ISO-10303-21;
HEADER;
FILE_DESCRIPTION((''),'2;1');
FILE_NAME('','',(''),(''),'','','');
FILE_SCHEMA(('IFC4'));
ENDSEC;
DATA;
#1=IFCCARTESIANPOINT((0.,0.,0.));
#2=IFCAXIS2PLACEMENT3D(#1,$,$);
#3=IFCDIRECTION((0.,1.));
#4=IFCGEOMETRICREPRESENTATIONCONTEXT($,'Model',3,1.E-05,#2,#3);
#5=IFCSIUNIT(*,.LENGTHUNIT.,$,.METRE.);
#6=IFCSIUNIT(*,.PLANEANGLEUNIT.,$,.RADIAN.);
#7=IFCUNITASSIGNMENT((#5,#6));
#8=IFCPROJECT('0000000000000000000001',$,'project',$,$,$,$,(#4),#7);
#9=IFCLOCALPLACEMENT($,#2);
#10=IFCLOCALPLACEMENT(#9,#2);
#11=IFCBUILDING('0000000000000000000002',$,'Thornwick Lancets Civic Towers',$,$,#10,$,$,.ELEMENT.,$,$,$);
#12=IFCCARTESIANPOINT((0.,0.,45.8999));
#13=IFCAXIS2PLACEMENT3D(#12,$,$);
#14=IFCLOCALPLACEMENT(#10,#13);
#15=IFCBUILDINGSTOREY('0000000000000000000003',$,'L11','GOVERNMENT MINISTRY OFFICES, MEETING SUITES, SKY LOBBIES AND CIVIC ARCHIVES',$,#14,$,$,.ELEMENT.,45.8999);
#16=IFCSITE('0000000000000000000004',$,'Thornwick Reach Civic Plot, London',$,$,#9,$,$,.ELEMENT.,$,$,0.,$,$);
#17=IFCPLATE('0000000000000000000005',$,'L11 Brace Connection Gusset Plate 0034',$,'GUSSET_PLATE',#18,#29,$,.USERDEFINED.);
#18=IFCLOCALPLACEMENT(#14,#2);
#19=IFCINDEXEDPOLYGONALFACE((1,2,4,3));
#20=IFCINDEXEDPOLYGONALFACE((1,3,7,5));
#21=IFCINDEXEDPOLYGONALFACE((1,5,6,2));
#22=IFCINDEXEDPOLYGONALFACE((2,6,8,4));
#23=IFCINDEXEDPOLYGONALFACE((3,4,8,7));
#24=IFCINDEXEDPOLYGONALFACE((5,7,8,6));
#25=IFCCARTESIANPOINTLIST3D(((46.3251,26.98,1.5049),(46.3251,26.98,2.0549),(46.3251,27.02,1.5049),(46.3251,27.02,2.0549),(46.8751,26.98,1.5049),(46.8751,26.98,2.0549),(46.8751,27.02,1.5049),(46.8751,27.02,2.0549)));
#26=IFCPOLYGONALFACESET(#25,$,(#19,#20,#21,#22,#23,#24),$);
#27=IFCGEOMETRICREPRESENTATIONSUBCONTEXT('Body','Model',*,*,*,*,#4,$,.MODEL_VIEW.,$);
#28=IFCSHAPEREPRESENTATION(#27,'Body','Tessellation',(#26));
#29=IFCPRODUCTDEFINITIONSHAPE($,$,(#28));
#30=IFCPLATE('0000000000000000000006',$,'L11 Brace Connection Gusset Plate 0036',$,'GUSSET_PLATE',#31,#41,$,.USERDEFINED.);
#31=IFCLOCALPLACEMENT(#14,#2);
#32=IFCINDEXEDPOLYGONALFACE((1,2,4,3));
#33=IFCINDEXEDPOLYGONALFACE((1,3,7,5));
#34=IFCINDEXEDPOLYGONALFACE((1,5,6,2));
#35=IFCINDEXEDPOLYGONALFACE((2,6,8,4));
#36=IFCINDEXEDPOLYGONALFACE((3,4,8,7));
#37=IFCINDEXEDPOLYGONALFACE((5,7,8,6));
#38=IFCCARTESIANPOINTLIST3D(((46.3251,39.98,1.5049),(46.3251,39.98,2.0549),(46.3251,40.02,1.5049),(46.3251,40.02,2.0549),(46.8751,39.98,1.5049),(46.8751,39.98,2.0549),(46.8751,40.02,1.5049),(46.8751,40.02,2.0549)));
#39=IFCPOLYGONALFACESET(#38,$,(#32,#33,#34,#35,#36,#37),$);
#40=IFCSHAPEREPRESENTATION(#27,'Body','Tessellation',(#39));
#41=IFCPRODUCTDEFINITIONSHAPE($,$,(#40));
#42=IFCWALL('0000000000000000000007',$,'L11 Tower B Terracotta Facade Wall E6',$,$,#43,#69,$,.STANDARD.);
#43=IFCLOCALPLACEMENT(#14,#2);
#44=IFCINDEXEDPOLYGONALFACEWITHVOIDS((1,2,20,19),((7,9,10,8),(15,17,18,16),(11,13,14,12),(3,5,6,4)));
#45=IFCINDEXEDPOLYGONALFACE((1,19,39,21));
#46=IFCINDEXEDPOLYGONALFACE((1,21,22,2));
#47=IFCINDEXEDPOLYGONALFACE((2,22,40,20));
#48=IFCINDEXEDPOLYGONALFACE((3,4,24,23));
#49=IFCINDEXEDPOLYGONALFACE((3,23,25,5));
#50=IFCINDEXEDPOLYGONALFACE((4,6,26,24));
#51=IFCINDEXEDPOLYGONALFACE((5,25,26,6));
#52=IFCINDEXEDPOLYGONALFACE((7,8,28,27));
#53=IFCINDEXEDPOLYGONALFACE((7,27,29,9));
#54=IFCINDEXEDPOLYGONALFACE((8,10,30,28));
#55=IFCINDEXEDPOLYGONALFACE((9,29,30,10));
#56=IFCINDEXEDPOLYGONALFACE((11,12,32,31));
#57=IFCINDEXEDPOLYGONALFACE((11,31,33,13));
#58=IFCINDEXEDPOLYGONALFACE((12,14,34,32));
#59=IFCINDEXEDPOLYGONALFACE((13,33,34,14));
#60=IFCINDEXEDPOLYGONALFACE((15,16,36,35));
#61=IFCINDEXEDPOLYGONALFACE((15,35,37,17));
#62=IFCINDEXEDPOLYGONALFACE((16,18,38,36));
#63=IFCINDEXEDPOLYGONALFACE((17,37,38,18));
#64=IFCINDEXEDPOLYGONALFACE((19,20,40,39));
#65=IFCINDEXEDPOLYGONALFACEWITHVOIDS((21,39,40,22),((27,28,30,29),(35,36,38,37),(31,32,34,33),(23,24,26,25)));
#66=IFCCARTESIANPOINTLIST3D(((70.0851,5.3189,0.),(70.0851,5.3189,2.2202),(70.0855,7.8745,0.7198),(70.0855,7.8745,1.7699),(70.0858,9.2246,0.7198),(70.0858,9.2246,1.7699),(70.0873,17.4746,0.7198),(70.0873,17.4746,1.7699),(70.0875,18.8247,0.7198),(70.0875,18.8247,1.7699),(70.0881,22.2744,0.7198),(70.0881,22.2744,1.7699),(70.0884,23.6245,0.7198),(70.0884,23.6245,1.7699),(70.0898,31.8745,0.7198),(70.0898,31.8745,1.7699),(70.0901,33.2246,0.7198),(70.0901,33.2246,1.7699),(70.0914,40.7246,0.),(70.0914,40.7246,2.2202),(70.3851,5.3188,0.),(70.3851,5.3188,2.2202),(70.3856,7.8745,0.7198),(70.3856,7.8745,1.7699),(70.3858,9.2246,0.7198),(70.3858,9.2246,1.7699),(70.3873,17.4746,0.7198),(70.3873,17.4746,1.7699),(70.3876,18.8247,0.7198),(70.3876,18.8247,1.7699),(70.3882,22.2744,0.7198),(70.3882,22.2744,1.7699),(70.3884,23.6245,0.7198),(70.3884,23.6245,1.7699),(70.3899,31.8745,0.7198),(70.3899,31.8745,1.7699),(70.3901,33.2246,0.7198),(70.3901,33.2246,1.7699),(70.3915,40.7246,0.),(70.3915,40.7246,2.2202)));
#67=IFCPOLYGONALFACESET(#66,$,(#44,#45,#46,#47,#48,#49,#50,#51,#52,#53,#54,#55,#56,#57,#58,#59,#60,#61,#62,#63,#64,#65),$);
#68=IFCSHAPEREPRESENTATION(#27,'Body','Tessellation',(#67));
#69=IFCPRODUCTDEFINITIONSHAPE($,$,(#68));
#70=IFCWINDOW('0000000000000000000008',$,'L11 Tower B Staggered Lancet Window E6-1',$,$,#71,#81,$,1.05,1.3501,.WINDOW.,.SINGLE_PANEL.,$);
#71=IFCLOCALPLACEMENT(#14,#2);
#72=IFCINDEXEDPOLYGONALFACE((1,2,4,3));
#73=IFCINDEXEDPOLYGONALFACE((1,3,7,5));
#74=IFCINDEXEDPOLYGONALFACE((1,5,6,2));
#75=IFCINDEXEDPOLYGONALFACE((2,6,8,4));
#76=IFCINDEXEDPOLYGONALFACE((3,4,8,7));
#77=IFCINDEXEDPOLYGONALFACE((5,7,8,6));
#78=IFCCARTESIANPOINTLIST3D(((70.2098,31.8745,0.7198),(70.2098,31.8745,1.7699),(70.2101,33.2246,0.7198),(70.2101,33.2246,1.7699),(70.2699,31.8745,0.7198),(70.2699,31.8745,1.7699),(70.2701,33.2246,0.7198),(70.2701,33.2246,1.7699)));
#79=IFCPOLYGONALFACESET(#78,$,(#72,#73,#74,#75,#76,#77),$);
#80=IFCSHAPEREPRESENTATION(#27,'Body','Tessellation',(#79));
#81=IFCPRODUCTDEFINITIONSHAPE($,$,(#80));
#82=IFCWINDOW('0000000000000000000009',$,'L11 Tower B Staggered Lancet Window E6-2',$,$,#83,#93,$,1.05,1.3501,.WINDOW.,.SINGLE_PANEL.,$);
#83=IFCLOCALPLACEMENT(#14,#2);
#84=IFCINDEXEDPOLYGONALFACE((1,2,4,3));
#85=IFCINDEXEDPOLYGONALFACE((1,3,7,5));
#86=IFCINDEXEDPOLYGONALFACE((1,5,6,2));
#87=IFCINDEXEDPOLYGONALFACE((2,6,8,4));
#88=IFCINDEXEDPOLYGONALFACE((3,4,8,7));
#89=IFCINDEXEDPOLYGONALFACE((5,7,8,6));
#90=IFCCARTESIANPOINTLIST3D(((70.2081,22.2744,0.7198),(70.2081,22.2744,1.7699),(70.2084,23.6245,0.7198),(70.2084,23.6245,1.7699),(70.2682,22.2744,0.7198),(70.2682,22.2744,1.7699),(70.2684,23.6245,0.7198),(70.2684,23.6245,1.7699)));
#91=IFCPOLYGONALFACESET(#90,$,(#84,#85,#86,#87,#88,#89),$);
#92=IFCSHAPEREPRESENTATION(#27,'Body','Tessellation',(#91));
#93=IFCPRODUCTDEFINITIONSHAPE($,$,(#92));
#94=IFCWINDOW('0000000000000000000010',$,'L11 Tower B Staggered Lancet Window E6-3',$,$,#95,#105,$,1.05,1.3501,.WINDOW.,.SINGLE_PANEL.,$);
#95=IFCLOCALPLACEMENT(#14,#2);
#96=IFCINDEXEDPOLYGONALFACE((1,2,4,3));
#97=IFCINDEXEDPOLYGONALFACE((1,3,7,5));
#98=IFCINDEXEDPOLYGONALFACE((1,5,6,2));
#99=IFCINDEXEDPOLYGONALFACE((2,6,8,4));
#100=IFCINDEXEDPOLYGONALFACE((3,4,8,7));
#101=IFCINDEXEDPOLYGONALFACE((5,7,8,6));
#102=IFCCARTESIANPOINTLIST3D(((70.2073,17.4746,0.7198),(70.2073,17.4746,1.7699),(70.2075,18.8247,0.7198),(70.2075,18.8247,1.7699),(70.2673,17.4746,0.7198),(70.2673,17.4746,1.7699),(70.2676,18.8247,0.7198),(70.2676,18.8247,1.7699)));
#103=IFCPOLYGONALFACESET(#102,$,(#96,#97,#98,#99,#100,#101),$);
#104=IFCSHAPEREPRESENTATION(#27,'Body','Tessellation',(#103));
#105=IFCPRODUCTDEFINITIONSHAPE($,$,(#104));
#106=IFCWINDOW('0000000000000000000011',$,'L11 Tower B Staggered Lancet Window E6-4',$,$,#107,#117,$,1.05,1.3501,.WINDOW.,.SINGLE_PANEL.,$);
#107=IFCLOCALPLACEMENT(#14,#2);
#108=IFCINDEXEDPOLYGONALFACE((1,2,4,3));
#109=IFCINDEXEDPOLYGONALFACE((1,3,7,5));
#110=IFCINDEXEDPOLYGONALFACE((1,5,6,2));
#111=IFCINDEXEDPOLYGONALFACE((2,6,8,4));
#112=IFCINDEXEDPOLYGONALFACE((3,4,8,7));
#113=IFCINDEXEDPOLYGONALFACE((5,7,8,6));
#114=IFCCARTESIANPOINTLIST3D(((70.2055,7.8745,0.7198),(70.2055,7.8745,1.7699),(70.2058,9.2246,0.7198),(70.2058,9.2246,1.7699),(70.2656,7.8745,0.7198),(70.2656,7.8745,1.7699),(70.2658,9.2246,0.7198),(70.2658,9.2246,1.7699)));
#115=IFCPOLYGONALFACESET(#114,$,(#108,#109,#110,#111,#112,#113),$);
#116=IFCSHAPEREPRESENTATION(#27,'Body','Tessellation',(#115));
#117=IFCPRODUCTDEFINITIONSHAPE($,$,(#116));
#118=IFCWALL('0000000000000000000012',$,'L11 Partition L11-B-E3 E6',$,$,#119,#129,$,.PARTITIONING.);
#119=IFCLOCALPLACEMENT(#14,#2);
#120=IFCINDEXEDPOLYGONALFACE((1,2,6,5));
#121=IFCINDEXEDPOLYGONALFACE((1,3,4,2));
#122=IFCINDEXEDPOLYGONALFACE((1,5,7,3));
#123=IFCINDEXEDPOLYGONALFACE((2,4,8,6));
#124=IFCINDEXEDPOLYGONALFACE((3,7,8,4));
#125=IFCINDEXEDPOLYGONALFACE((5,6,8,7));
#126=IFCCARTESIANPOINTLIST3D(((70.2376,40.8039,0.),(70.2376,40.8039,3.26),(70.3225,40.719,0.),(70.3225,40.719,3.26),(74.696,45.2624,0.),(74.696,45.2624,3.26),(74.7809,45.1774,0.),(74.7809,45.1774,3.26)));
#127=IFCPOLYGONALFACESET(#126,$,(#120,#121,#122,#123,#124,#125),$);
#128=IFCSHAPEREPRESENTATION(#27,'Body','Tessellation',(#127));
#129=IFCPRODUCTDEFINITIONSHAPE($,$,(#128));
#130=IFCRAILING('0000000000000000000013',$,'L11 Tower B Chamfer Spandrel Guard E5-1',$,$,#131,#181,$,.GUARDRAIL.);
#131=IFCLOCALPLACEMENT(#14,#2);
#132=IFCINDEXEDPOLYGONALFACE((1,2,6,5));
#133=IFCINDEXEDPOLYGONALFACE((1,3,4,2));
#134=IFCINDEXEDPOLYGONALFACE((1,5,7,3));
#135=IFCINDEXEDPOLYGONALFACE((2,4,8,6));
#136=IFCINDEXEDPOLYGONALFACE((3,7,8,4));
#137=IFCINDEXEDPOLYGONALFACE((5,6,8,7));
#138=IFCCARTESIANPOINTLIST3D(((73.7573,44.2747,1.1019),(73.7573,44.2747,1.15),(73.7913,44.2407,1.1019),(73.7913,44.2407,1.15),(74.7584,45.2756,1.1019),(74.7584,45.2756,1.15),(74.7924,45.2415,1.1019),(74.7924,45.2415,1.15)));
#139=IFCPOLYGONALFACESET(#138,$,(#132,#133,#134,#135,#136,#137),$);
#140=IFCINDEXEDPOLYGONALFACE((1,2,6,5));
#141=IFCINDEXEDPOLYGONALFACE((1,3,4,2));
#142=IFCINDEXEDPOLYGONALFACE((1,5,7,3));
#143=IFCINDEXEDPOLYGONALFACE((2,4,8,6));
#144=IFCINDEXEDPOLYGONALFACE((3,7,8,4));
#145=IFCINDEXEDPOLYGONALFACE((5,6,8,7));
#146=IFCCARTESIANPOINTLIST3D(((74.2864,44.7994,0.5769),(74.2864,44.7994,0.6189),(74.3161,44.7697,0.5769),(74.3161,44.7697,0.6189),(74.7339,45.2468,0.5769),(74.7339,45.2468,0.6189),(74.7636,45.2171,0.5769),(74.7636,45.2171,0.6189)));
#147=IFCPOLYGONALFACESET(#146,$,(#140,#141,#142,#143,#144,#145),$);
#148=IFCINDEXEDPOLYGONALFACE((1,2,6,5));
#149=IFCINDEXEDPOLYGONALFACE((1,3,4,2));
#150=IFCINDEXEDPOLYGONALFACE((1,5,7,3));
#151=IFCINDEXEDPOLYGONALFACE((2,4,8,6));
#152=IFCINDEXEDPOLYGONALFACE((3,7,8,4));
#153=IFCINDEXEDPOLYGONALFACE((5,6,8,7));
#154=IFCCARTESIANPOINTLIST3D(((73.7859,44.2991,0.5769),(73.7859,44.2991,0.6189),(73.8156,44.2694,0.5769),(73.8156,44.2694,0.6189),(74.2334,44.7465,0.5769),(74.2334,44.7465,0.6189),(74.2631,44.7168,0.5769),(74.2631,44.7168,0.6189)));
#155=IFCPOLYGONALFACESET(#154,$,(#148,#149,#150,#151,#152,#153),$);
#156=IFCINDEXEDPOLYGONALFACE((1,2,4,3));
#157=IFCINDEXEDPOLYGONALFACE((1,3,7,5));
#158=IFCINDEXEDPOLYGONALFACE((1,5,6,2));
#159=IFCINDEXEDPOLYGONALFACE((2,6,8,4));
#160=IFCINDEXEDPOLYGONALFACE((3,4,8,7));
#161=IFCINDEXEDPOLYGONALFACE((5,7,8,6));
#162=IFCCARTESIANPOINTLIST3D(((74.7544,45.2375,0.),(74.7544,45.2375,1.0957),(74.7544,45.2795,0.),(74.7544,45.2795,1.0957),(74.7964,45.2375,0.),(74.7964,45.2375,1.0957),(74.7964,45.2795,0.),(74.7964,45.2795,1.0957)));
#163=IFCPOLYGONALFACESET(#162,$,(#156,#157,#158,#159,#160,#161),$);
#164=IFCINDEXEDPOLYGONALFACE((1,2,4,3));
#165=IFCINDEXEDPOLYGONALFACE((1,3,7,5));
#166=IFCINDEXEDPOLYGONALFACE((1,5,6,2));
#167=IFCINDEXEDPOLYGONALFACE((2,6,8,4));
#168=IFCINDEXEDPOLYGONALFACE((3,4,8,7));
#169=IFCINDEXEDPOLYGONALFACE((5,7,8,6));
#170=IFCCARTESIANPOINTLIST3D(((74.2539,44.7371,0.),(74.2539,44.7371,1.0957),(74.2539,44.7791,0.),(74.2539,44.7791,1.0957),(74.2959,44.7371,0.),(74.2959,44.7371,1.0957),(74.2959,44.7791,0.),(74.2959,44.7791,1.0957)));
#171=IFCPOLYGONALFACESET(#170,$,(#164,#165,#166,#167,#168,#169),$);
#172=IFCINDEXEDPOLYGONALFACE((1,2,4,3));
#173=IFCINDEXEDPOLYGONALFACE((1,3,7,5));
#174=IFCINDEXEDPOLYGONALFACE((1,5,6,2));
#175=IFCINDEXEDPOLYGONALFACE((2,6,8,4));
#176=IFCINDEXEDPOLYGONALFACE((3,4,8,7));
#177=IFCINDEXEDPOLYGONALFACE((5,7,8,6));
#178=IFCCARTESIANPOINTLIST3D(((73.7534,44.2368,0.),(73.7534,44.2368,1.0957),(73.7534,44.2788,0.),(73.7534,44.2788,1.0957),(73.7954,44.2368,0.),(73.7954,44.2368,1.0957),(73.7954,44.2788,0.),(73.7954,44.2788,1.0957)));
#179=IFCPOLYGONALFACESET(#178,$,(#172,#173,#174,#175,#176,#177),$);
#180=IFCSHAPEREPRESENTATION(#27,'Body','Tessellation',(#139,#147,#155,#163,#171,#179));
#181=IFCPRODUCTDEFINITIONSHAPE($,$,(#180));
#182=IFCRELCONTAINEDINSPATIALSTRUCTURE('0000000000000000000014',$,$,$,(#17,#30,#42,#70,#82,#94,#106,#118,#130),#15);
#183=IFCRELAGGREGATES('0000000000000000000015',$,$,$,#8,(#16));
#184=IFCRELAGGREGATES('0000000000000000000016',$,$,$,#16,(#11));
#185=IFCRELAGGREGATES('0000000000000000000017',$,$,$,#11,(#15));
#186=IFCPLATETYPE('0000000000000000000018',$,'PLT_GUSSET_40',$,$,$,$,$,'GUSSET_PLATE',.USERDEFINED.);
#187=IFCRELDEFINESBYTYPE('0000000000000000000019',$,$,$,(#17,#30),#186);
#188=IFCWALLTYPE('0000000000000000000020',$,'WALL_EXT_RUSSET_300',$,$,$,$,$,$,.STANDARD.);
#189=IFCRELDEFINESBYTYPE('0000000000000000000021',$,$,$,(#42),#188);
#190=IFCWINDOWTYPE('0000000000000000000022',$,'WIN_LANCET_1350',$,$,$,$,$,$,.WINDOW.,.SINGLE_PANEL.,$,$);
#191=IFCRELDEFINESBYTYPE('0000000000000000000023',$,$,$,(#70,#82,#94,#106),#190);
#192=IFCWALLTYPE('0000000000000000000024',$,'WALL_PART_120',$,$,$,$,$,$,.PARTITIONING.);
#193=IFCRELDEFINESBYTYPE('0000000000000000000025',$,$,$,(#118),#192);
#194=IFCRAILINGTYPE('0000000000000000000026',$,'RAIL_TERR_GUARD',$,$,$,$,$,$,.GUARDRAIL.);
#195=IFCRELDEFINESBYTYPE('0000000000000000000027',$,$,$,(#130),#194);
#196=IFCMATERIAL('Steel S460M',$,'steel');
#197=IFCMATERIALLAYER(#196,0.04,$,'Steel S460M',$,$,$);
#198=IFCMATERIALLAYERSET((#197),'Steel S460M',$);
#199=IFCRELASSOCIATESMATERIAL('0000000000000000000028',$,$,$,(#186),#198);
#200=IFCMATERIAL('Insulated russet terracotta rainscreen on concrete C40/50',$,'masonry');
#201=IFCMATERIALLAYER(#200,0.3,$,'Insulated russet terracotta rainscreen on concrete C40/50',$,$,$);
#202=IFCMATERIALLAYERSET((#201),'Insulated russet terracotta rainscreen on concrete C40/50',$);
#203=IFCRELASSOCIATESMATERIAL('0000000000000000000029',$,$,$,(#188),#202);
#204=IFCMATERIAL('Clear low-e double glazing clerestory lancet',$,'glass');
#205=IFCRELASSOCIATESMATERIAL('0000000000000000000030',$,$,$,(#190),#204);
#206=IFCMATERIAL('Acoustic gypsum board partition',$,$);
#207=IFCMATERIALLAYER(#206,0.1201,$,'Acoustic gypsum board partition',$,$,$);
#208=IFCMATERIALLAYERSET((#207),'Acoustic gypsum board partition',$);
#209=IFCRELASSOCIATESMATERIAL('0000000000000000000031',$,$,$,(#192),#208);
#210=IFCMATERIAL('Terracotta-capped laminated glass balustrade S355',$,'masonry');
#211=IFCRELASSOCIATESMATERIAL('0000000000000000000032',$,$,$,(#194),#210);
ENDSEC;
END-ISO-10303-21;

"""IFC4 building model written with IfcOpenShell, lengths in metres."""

from ifc_helpers import new_model, si_unit, direction, frame, frame_2d, origin, origin_2d, place, context, subcontext, project, spatial, rectangle, extrude, material, layer, layer_set, type_object, element, fill, save


model = new_model("IFC4")

# Units and contexts
model_context = context("Model", 3, precision=1e-05, world=origin(), true_north=direction((0.0, 1.0)))
body_context = subcontext(model_context, "Body", "Model", "MODEL_VIEW")
ifc_project = project(units=[si_unit("LENGTHUNIT", "METRE"), si_unit("PLANEANGLEUNIT", "RADIAN")], contexts=[model_context])

# Site, building, storey
site_placement = place(None, origin())
site = spatial("IfcSite", under=ifc_project, at=site_placement, Name="Thornwick Reach Civic Plot, London", CompositionType="ELEMENT", RefElevation=0.0)
building_placement = place(site_placement, origin())
building = spatial("IfcBuilding", under=site, at=building_placement, Name="Thornwick Lancets Civic Towers", CompositionType="ELEMENT")
storey_placement = place(building_placement, frame((0.0, 0.0, 45.8999)))
storey = spatial("IfcBuildingStorey", under=building, at=storey_placement, Name="L11", Description="GOVERNMENT MINISTRY OFFICES, MEETING SUITES, SKY LOBBIES AND CIVIC ARCHIVES", CompositionType="ELEMENT", Elevation=45.8999)

# Plates
ifc_material_1 = material(Name="Steel S460M", Category="steel")
ifc_layer_1 = layer(ifc_material_1, 0.04, Name="Steel S460M")
ifc_layer_set_1 = layer_set([ifc_layer_1], Name="Steel S460M")
plate_type_1 = type_object("IfcPlateType", Name="PLT_GUSSET_40", ElementType="GUSSET_PLATE", PredefinedType="USERDEFINED", material=ifc_layer_set_1)
for number, where, z_axis, x_axis, name in (
    (1, (46.6001, 27.0, 1.5049), (0.0, 0.0, 1.0), (1.0, 0.0, 0.0), "L11 Brace Connection Gusset Plate 0034"),
    (2, (46.6001, 40.0, 1.5049), (0.0, 0.0, 1.0), (1.0, 0.0, 0.0), "L11 Brace Connection Gusset Plate 0036"),
):
    element("IfcPlate", number, at=place(storey_placement, frame(where, z_axis=z_axis, x_axis=x_axis)), inside=storey, type_object=plate_type_1, Name=name, ObjectType="GUSSET_PLATE", PredefinedType="USERDEFINED", context=body_context, shape_type="SweptSolid", body=[
        extrude(rectangle(XDim=0.55, YDim=0.04, at=origin_2d()), origin(), (0.0, 0.0, 1.0), 0.55),
    ])

# Wall, openings, windows
ifc_material_2 = material(Name="Insulated russet terracotta rainscreen on concrete C40/50", Category="masonry")
ifc_layer_2 = layer(ifc_material_2, 0.3, Name="Insulated russet terracotta rainscreen on concrete C40/50")
ifc_layer_set_2 = layer_set([ifc_layer_2], Name="Insulated russet terracotta rainscreen on concrete C40/50")
wall_type_1 = type_object("IfcWallType", Name="WALL_EXT_RUSSET_300", PredefinedType="STANDARD", material=ifc_layer_set_2)
wall_1_placement = place(storey_placement, frame((70.2415, 40.7246, 0.0), z_axis=(0.0, 0.0, 1.0), x_axis=(-0.000179, -1.0, 0.0)))
wall_1 = element("IfcWall", 3, at=wall_1_placement, inside=storey, type_object=wall_type_1, Name="L11 Tower B Terracotta Facade Wall E6", PredefinedType="STANDARD", context=body_context, shape_type="SweptSolid", body=[
    extrude(rectangle(XDim=35.4058, YDim=0.3, at=frame_2d((17.7029, 0.0))), origin(), (0.0, 0.0, 1.0), 2.2202),
])
opening_1_placement = place(wall_1_placement, frame((7.5, 0.0, 0.72)))
opening_1 = element("IfcOpeningElement", 4, at=opening_1_placement, cuts=wall_1, PredefinedType="OPENING", context=body_context, shape_type="SweptSolid", body=[
    extrude(rectangle(XDim=1.3501, YDim=1.05, at=frame_2d((0.675, 0.5249))), frame((0.0, 0.1602, 0.0), z_axis=(0.0, -1.0, 0.0), x_axis=(1.0, 0.0, 0.0)), (0.0, 0.0, 1.0), 0.3201),
])
opening_2_placement = place(wall_1_placement, frame((17.1001, 0.0, 0.72)))
opening_2 = element("IfcOpeningElement", 5, at=opening_2_placement, cuts=wall_1, PredefinedType="OPENING", context=body_context, shape_type="SweptSolid", body=[
    extrude(rectangle(XDim=1.3501, YDim=1.05, at=frame_2d((0.675, 0.5249))), frame((0.0, 0.1602, 0.0), z_axis=(0.0, -1.0, 0.0), x_axis=(1.0, 0.0, 0.0)), (0.0, 0.0, 1.0), 0.3201),
])
opening_3_placement = place(wall_1_placement, frame((21.8999, 0.0, 0.72)))
opening_3 = element("IfcOpeningElement", 6, at=opening_3_placement, cuts=wall_1, PredefinedType="OPENING", context=body_context, shape_type="SweptSolid", body=[
    extrude(rectangle(XDim=1.3501, YDim=1.05, at=frame_2d((0.675, 0.5249))), frame((0.0, 0.1602, 0.0), z_axis=(0.0, -1.0, 0.0), x_axis=(1.0, 0.0, 0.0)), (0.0, 0.0, 1.0), 0.3201),
])
opening_4_placement = place(wall_1_placement, frame((31.5, 0.0, 0.72)))
opening_4 = element("IfcOpeningElement", 7, at=opening_4_placement, cuts=wall_1, PredefinedType="OPENING", context=body_context, shape_type="SweptSolid", body=[
    extrude(rectangle(XDim=1.3501, YDim=1.05, at=frame_2d((0.675, 0.5249))), frame((0.0, 0.1602, 0.0), z_axis=(0.0, -1.0, 0.0), x_axis=(1.0, 0.0, 0.0)), (0.0, 0.0, 1.0), 0.3201),
])
ifc_material_3 = material(Name="Clear low-e double glazing clerestory lancet", Category="glass")
window_type = type_object("IfcWindowType", Name="WIN_LANCET_1350", PartitioningType="SINGLE_PANEL", PredefinedType="WINDOW", material=ifc_material_3)
window_1_placement = place(opening_1_placement, origin())
window_1 = element("IfcWindow", 8, at=window_1_placement, inside=storey, type_object=window_type, Name="L11 Tower B Staggered Lancet Window E6-1", OverallHeight=1.05, OverallWidth=1.3501, PartitioningType="SINGLE_PANEL", PredefinedType="WINDOW", context=body_context, shape_type="SweptSolid", body=[
    extrude(rectangle(XDim=1.3501, YDim=1.05, at=frame_2d((0.675, 0.5249))), frame((0.0, 0.03, 0.0), z_axis=(0.0, -1.0, 0.0), x_axis=(1.0, 0.0, 0.0)), (0.0, 0.0, 1.0), 0.0601),
])
fill(opening_1, window_1)
window_2_placement = place(opening_2_placement, origin())
window_2 = element("IfcWindow", 9, at=window_2_placement, inside=storey, type_object=window_type, Name="L11 Tower B Staggered Lancet Window E6-2", OverallHeight=1.05, OverallWidth=1.3501, PartitioningType="SINGLE_PANEL", PredefinedType="WINDOW", context=body_context, shape_type="SweptSolid", body=[
    extrude(rectangle(XDim=1.3501, YDim=1.05, at=frame_2d((0.675, 0.5249))), frame((0.0, 0.03, 0.0), z_axis=(0.0, -1.0, 0.0), x_axis=(1.0, 0.0, 0.0)), (0.0, 0.0, 1.0), 0.0601),
])
fill(opening_2, window_2)
window_3_placement = place(opening_3_placement, origin())
window_3 = element("IfcWindow", 10, at=window_3_placement, inside=storey, type_object=window_type, Name="L11 Tower B Staggered Lancet Window E6-3", OverallHeight=1.05, OverallWidth=1.3501, PartitioningType="SINGLE_PANEL", PredefinedType="WINDOW", context=body_context, shape_type="SweptSolid", body=[
    extrude(rectangle(XDim=1.3501, YDim=1.05, at=frame_2d((0.675, 0.5249))), frame((0.0, 0.03, 0.0), z_axis=(0.0, -1.0, 0.0), x_axis=(1.0, 0.0, 0.0)), (0.0, 0.0, 1.0), 0.0601),
])
fill(opening_3, window_3)
window_4_placement = place(opening_4_placement, origin())
window_4 = element("IfcWindow", 11, at=window_4_placement, inside=storey, type_object=window_type, Name="L11 Tower B Staggered Lancet Window E6-4", OverallHeight=1.05, OverallWidth=1.3501, PartitioningType="SINGLE_PANEL", PredefinedType="WINDOW", context=body_context, shape_type="SweptSolid", body=[
    extrude(rectangle(XDim=1.3501, YDim=1.05, at=frame_2d((0.675, 0.5249))), frame((0.0, 0.03, 0.0), z_axis=(0.0, -1.0, 0.0), x_axis=(1.0, 0.0, 0.0)), (0.0, 0.0, 1.0), 0.0601),
])
fill(opening_4, window_4)

# Wall
ifc_material_4 = material(Name="Acoustic gypsum board partition")
ifc_layer_3 = layer(ifc_material_4, 0.1201, Name="Acoustic gypsum board partition")
ifc_layer_set_3 = layer_set([ifc_layer_3], Name="Acoustic gypsum board partition")
wall_type_2 = type_object("IfcWallType", Name="WALL_PART_120", PredefinedType="PARTITIONING", material=ifc_layer_set_3)
wall_2_placement = place(storey_placement, frame((70.28, 40.7615, 0.0), z_axis=(0.0, 0.0, 1.0), x_axis=(0.707107, 0.707107, 0.0)))
element("IfcWall", 12, at=wall_2_placement, inside=storey, type_object=wall_type_2, Name="L11 Partition L11-B-E3 E6", PredefinedType="PARTITIONING", context=body_context, shape_type="SweptSolid", body=[
    extrude(rectangle(XDim=6.3052, YDim=0.1201, at=frame_2d((3.1526, 0.0))), origin(), (0.0, 0.0, 1.0), 3.26),
])

# Railing
ifc_material_5 = material(Name="Terracotta-capped laminated glass balustrade S355", Category="masonry")
railing_type = type_object("IfcRailingType", Name="RAIL_TERR_GUARD", PredefinedType="GUARDRAIL", material=ifc_material_5)
railing_1_placement = place(storey_placement, frame((74.7754, 45.2585, 0.0)))
element("IfcRailing", 13, at=railing_1_placement, inside=storey, type_object=railing_type, Name="L11 Tower B Chamfer Spandrel Guard E5-1", PredefinedType="GUARDRAIL", context=body_context, shape_type="SweptSolid", body=[
    extrude(rectangle(XDim=0.0481, YDim=0.0481, at=origin_2d()), frame((0.0, 0.0, 1.126), z_axis=(-0.707193, -0.707021, 0.0), x_axis=(0.707021, -0.707193, 0.0)), (0.0, 0.0, 1.0), 1.4155),
    extrude(rectangle(XDim=0.042, YDim=0.042, at=origin_2d()), frame((-0.0266, -0.0266, 0.5979), z_axis=(-0.707193, -0.707021, 0.0), x_axis=(0.707021, -0.707193, 0.0)), (0.0, 0.0, 1.0), 0.6328),
    extrude(rectangle(XDim=0.042, YDim=0.042, at=origin_2d()), frame((-0.5271, -0.5269, 0.5979), z_axis=(-0.707193, -0.707021, 0.0), x_axis=(0.707021, -0.707193, 0.0)), (0.0, 0.0, 1.0), 0.6328),
    extrude(rectangle(XDim=0.042, YDim=0.042, at=origin_2d()), origin(), (0.0, 0.0, 1.0), 1.0957),
    extrude(rectangle(XDim=0.042, YDim=0.042, at=origin_2d()), frame((-0.5005, -0.5005, 0.0)), (0.0, 0.0, 1.0), 1.0957),
    extrude(rectangle(XDim=0.042, YDim=0.042, at=origin_2d()), frame((-1.001, -1.0007, 0.0)), (0.0, 0.0, 1.0), 1.0957),
])

save(model, "model.ifc")
